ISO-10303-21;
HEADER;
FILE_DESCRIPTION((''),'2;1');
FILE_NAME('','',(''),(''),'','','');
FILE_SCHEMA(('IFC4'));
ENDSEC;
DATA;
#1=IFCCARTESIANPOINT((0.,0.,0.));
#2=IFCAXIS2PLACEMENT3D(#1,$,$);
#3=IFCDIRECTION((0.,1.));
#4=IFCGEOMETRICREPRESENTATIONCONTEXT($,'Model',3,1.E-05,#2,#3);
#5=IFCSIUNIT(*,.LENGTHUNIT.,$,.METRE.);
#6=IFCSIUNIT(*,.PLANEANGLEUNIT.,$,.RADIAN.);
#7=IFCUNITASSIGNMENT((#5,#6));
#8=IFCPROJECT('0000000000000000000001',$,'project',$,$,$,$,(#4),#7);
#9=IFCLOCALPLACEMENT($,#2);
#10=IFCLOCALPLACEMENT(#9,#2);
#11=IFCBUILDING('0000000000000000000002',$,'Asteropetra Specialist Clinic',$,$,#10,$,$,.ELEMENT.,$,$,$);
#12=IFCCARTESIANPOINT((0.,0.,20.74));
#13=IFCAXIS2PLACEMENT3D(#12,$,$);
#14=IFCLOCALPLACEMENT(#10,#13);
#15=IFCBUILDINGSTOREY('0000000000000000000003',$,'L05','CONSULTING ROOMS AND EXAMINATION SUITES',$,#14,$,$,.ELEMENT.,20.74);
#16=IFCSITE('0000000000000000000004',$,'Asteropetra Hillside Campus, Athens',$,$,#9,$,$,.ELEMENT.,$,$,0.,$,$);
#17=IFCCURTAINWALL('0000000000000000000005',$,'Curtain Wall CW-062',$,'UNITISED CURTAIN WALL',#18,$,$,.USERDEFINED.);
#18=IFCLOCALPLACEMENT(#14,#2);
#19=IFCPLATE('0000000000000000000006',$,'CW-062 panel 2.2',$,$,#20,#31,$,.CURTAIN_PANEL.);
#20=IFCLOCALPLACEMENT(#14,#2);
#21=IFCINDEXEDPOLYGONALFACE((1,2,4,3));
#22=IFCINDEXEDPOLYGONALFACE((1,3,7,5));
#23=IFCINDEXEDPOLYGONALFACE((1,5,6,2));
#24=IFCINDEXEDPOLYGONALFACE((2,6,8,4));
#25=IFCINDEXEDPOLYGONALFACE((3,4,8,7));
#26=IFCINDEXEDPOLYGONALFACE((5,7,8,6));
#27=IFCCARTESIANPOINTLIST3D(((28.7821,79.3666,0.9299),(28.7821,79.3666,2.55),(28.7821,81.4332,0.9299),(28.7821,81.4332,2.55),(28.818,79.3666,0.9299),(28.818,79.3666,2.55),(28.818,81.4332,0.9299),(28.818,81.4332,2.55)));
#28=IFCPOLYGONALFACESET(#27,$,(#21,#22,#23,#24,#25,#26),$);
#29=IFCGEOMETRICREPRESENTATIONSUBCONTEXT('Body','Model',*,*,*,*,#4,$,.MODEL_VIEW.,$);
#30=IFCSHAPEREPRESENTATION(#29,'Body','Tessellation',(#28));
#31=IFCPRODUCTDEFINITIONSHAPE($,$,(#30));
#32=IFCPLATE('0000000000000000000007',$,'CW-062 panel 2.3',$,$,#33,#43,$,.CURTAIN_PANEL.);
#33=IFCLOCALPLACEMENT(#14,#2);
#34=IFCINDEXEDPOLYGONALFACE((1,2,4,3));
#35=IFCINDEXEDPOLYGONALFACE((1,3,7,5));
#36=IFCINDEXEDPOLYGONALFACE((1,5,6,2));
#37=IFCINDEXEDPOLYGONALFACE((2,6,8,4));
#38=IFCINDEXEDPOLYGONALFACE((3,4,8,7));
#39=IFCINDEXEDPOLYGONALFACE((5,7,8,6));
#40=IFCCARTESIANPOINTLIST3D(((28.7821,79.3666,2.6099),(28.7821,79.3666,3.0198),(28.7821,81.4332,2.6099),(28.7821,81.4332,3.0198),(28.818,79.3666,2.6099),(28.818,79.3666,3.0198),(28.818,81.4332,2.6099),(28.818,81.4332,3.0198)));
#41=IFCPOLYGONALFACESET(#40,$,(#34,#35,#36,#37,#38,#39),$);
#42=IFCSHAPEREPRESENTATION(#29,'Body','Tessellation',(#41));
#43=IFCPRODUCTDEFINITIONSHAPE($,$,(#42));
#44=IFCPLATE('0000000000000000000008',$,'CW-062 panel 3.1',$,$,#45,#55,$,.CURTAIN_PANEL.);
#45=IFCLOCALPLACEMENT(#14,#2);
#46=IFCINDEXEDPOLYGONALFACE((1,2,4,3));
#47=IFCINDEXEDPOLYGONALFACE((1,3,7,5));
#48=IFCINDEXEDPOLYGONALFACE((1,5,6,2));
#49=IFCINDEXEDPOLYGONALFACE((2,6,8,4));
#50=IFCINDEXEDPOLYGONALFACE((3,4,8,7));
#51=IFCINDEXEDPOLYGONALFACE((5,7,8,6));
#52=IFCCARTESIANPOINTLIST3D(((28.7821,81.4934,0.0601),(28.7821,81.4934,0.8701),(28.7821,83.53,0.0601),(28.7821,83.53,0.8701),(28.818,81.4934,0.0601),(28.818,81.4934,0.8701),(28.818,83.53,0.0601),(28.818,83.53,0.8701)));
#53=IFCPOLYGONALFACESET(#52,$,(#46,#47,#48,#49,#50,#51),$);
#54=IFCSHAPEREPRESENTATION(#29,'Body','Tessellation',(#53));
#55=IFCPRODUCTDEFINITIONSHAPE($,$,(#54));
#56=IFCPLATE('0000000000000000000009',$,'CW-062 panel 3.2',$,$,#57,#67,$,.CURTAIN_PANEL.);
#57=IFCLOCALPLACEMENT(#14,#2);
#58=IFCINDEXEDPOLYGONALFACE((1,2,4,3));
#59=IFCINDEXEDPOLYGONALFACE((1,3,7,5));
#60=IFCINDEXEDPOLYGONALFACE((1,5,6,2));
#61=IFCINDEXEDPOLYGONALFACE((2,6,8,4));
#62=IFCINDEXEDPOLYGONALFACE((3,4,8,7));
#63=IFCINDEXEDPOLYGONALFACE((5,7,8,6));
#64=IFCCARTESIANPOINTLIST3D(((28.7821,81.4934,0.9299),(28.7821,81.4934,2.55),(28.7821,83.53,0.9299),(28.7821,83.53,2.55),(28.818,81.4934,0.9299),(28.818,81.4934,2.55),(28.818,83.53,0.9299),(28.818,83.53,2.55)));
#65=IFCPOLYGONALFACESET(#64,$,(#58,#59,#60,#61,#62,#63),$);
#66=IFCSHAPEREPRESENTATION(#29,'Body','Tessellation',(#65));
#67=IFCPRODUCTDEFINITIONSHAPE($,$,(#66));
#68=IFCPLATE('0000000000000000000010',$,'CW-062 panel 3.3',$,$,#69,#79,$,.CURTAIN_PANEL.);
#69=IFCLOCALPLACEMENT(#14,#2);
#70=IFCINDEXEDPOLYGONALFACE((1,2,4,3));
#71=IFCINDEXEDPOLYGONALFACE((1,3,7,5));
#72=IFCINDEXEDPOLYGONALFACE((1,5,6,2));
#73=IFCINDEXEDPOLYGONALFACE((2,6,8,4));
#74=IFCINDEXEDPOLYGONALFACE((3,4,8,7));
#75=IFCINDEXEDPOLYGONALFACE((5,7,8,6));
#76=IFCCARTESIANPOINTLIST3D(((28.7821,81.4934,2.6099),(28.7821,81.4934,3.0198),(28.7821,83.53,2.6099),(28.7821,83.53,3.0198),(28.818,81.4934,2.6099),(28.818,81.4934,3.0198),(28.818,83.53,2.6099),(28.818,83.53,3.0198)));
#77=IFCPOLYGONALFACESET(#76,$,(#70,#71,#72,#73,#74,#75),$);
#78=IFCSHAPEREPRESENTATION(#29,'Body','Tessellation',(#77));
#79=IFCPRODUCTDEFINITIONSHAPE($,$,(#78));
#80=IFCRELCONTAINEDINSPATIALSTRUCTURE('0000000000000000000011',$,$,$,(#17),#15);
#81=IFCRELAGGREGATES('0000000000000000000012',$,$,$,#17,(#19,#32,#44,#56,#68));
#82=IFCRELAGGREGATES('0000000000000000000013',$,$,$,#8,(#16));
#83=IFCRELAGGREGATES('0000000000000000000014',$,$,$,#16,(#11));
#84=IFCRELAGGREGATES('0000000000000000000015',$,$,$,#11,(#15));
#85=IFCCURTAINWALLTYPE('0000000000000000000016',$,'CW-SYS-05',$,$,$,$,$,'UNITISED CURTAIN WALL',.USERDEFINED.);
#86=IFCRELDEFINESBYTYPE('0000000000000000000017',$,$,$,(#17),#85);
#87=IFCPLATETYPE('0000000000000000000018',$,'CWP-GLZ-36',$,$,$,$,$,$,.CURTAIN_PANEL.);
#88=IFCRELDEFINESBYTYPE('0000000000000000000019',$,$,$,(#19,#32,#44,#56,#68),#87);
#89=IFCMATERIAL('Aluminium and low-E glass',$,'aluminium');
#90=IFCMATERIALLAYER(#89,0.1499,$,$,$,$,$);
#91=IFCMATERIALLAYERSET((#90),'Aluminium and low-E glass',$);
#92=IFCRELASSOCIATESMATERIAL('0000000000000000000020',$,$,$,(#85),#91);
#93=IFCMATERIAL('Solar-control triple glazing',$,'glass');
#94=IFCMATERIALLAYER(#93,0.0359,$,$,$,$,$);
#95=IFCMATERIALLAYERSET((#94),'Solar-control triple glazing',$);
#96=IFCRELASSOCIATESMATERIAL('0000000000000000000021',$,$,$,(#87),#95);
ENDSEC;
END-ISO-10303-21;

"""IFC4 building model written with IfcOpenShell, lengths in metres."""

from ifc_helpers import new_model, si_unit, direction, frame, origin, origin_2d, place, context, subcontext, project, spatial, rectangle, extrude, material, layer, layer_set, type_object, element, aggregate, save


model = new_model("IFC4")

# Units and contexts
model_context = context("Model", 3, precision=1e-05, world=origin(), true_north=direction((0.0, 1.0)))
body_context = subcontext(model_context, "Body", "Model", "MODEL_VIEW")
ifc_project = project(units=[si_unit("LENGTHUNIT", "METRE"), si_unit("PLANEANGLEUNIT", "RADIAN")], contexts=[model_context])

# Site, building, storey
site_placement = place(None, origin())
site = spatial("IfcSite", under=ifc_project, at=site_placement, Name="Asteropetra Hillside Campus, Athens", CompositionType="ELEMENT", RefElevation=0.0)
building_placement = place(site_placement, origin())
building = spatial("IfcBuilding", under=site, at=building_placement, Name="Asteropetra Specialist Clinic", CompositionType="ELEMENT")
storey_placement = place(building_placement, frame((0.0, 0.0, 20.74)))
storey = spatial("IfcBuildingStorey", under=building, at=storey_placement, Name="L05", Description="CONSULTING ROOMS AND EXAMINATION SUITES", CompositionType="ELEMENT", Elevation=20.74)

# Curtain wall, plates
ifc_material_1 = material(Name="Aluminium and low-E glass", Category="aluminium")
ifc_layer_1 = layer(ifc_material_1, 0.1499)
ifc_layer_set_1 = layer_set([ifc_layer_1], Name="Aluminium and low-E glass")
curtain_wall_type = type_object("IfcCurtainWallType", Name="CW-SYS-05", ElementType="UNITISED CURTAIN WALL", PredefinedType="USERDEFINED", material=ifc_layer_set_1)
curtain_wall_placement = place(storey_placement, origin())
curtain_wall = element("IfcCurtainWall", 1, at=curtain_wall_placement, inside=storey, type_object=curtain_wall_type, Name="Curtain Wall CW-062", ObjectType="UNITISED CURTAIN WALL", PredefinedType="USERDEFINED")
ifc_material_2 = material(Name="Solar-control triple glazing", Category="glass")
ifc_layer_2 = layer(ifc_material_2, 0.0359)
ifc_layer_set_2 = layer_set([ifc_layer_2], Name="Solar-control triple glazing")
plate_type = type_object("IfcPlateType", Name="CWP-GLZ-36", PredefinedType="CURTAIN_PANEL", material=ifc_layer_set_2)
plate_1_placement = place(storey_placement, frame((28.8, 80.3999, 0.9299), z_axis=(0.0, 0.0, 1.0), x_axis=(0.0, 1.0, 0.0)))
plate_1 = element("IfcPlate", 2, at=plate_1_placement, type_object=plate_type, Name="CW-062 panel 2.2", PredefinedType="CURTAIN_PANEL", context=body_context, shape_type="SweptSolid", body=[
    extrude(rectangle(XDim=2.0667, YDim=0.0359, at=origin_2d()), origin(), (0.0, 0.0, 1.0), 1.6201),
])
plate_2_placement = place(storey_placement, frame((28.8, 80.3999, 2.6099), z_axis=(0.0, 0.0, 1.0), x_axis=(0.0, 1.0, 0.0)))
plate_2 = element("IfcPlate", 3, at=plate_2_placement, type_object=plate_type, Name="CW-062 panel 2.3", PredefinedType="CURTAIN_PANEL", context=body_context, shape_type="SweptSolid", body=[
    extrude(rectangle(XDim=2.0667, YDim=0.0359, at=origin_2d()), origin(), (0.0, 0.0, 1.0), 0.4099),
])
plate_3_placement = place(storey_placement, frame((28.8, 82.5117, 0.0601), z_axis=(0.0, 0.0, 1.0), x_axis=(0.0, 1.0, 0.0)))
plate_3 = element("IfcPlate", 4, at=plate_3_placement, type_object=plate_type, Name="CW-062 panel 3.1", PredefinedType="CURTAIN_PANEL", context=body_context, shape_type="SweptSolid", body=[
    extrude(rectangle(XDim=2.0366, YDim=0.0359, at=origin_2d()), origin(), (0.0, 0.0, 1.0), 0.8101),
])
plate_4_placement = place(storey_placement, frame((28.8, 82.5117, 0.9299), z_axis=(0.0, 0.0, 1.0), x_axis=(0.0, 1.0, 0.0)))
plate_4 = element("IfcPlate", 5, at=plate_4_placement, type_object=plate_type, Name="CW-062 panel 3.2", PredefinedType="CURTAIN_PANEL", context=body_context, shape_type="SweptSolid", body=[
    extrude(rectangle(XDim=2.0366, YDim=0.0359, at=origin_2d()), origin(), (0.0, 0.0, 1.0), 1.6201),
])
plate_5_placement = place(storey_placement, frame((28.8, 82.5117, 2.6099), z_axis=(0.0, 0.0, 1.0), x_axis=(0.0, 1.0, 0.0)))
plate_5 = element("IfcPlate", 6, at=plate_5_placement, type_object=plate_type, Name="CW-062 panel 3.3", PredefinedType="CURTAIN_PANEL", context=body_context, shape_type="SweptSolid", body=[
    extrude(rectangle(XDim=2.0366, YDim=0.0359, at=origin_2d()), origin(), (0.0, 0.0, 1.0), 0.4099),
])
aggregate(curtain_wall, [plate_1, plate_2, plate_3, plate_4, plate_5])

save(model, "model.ifc")
